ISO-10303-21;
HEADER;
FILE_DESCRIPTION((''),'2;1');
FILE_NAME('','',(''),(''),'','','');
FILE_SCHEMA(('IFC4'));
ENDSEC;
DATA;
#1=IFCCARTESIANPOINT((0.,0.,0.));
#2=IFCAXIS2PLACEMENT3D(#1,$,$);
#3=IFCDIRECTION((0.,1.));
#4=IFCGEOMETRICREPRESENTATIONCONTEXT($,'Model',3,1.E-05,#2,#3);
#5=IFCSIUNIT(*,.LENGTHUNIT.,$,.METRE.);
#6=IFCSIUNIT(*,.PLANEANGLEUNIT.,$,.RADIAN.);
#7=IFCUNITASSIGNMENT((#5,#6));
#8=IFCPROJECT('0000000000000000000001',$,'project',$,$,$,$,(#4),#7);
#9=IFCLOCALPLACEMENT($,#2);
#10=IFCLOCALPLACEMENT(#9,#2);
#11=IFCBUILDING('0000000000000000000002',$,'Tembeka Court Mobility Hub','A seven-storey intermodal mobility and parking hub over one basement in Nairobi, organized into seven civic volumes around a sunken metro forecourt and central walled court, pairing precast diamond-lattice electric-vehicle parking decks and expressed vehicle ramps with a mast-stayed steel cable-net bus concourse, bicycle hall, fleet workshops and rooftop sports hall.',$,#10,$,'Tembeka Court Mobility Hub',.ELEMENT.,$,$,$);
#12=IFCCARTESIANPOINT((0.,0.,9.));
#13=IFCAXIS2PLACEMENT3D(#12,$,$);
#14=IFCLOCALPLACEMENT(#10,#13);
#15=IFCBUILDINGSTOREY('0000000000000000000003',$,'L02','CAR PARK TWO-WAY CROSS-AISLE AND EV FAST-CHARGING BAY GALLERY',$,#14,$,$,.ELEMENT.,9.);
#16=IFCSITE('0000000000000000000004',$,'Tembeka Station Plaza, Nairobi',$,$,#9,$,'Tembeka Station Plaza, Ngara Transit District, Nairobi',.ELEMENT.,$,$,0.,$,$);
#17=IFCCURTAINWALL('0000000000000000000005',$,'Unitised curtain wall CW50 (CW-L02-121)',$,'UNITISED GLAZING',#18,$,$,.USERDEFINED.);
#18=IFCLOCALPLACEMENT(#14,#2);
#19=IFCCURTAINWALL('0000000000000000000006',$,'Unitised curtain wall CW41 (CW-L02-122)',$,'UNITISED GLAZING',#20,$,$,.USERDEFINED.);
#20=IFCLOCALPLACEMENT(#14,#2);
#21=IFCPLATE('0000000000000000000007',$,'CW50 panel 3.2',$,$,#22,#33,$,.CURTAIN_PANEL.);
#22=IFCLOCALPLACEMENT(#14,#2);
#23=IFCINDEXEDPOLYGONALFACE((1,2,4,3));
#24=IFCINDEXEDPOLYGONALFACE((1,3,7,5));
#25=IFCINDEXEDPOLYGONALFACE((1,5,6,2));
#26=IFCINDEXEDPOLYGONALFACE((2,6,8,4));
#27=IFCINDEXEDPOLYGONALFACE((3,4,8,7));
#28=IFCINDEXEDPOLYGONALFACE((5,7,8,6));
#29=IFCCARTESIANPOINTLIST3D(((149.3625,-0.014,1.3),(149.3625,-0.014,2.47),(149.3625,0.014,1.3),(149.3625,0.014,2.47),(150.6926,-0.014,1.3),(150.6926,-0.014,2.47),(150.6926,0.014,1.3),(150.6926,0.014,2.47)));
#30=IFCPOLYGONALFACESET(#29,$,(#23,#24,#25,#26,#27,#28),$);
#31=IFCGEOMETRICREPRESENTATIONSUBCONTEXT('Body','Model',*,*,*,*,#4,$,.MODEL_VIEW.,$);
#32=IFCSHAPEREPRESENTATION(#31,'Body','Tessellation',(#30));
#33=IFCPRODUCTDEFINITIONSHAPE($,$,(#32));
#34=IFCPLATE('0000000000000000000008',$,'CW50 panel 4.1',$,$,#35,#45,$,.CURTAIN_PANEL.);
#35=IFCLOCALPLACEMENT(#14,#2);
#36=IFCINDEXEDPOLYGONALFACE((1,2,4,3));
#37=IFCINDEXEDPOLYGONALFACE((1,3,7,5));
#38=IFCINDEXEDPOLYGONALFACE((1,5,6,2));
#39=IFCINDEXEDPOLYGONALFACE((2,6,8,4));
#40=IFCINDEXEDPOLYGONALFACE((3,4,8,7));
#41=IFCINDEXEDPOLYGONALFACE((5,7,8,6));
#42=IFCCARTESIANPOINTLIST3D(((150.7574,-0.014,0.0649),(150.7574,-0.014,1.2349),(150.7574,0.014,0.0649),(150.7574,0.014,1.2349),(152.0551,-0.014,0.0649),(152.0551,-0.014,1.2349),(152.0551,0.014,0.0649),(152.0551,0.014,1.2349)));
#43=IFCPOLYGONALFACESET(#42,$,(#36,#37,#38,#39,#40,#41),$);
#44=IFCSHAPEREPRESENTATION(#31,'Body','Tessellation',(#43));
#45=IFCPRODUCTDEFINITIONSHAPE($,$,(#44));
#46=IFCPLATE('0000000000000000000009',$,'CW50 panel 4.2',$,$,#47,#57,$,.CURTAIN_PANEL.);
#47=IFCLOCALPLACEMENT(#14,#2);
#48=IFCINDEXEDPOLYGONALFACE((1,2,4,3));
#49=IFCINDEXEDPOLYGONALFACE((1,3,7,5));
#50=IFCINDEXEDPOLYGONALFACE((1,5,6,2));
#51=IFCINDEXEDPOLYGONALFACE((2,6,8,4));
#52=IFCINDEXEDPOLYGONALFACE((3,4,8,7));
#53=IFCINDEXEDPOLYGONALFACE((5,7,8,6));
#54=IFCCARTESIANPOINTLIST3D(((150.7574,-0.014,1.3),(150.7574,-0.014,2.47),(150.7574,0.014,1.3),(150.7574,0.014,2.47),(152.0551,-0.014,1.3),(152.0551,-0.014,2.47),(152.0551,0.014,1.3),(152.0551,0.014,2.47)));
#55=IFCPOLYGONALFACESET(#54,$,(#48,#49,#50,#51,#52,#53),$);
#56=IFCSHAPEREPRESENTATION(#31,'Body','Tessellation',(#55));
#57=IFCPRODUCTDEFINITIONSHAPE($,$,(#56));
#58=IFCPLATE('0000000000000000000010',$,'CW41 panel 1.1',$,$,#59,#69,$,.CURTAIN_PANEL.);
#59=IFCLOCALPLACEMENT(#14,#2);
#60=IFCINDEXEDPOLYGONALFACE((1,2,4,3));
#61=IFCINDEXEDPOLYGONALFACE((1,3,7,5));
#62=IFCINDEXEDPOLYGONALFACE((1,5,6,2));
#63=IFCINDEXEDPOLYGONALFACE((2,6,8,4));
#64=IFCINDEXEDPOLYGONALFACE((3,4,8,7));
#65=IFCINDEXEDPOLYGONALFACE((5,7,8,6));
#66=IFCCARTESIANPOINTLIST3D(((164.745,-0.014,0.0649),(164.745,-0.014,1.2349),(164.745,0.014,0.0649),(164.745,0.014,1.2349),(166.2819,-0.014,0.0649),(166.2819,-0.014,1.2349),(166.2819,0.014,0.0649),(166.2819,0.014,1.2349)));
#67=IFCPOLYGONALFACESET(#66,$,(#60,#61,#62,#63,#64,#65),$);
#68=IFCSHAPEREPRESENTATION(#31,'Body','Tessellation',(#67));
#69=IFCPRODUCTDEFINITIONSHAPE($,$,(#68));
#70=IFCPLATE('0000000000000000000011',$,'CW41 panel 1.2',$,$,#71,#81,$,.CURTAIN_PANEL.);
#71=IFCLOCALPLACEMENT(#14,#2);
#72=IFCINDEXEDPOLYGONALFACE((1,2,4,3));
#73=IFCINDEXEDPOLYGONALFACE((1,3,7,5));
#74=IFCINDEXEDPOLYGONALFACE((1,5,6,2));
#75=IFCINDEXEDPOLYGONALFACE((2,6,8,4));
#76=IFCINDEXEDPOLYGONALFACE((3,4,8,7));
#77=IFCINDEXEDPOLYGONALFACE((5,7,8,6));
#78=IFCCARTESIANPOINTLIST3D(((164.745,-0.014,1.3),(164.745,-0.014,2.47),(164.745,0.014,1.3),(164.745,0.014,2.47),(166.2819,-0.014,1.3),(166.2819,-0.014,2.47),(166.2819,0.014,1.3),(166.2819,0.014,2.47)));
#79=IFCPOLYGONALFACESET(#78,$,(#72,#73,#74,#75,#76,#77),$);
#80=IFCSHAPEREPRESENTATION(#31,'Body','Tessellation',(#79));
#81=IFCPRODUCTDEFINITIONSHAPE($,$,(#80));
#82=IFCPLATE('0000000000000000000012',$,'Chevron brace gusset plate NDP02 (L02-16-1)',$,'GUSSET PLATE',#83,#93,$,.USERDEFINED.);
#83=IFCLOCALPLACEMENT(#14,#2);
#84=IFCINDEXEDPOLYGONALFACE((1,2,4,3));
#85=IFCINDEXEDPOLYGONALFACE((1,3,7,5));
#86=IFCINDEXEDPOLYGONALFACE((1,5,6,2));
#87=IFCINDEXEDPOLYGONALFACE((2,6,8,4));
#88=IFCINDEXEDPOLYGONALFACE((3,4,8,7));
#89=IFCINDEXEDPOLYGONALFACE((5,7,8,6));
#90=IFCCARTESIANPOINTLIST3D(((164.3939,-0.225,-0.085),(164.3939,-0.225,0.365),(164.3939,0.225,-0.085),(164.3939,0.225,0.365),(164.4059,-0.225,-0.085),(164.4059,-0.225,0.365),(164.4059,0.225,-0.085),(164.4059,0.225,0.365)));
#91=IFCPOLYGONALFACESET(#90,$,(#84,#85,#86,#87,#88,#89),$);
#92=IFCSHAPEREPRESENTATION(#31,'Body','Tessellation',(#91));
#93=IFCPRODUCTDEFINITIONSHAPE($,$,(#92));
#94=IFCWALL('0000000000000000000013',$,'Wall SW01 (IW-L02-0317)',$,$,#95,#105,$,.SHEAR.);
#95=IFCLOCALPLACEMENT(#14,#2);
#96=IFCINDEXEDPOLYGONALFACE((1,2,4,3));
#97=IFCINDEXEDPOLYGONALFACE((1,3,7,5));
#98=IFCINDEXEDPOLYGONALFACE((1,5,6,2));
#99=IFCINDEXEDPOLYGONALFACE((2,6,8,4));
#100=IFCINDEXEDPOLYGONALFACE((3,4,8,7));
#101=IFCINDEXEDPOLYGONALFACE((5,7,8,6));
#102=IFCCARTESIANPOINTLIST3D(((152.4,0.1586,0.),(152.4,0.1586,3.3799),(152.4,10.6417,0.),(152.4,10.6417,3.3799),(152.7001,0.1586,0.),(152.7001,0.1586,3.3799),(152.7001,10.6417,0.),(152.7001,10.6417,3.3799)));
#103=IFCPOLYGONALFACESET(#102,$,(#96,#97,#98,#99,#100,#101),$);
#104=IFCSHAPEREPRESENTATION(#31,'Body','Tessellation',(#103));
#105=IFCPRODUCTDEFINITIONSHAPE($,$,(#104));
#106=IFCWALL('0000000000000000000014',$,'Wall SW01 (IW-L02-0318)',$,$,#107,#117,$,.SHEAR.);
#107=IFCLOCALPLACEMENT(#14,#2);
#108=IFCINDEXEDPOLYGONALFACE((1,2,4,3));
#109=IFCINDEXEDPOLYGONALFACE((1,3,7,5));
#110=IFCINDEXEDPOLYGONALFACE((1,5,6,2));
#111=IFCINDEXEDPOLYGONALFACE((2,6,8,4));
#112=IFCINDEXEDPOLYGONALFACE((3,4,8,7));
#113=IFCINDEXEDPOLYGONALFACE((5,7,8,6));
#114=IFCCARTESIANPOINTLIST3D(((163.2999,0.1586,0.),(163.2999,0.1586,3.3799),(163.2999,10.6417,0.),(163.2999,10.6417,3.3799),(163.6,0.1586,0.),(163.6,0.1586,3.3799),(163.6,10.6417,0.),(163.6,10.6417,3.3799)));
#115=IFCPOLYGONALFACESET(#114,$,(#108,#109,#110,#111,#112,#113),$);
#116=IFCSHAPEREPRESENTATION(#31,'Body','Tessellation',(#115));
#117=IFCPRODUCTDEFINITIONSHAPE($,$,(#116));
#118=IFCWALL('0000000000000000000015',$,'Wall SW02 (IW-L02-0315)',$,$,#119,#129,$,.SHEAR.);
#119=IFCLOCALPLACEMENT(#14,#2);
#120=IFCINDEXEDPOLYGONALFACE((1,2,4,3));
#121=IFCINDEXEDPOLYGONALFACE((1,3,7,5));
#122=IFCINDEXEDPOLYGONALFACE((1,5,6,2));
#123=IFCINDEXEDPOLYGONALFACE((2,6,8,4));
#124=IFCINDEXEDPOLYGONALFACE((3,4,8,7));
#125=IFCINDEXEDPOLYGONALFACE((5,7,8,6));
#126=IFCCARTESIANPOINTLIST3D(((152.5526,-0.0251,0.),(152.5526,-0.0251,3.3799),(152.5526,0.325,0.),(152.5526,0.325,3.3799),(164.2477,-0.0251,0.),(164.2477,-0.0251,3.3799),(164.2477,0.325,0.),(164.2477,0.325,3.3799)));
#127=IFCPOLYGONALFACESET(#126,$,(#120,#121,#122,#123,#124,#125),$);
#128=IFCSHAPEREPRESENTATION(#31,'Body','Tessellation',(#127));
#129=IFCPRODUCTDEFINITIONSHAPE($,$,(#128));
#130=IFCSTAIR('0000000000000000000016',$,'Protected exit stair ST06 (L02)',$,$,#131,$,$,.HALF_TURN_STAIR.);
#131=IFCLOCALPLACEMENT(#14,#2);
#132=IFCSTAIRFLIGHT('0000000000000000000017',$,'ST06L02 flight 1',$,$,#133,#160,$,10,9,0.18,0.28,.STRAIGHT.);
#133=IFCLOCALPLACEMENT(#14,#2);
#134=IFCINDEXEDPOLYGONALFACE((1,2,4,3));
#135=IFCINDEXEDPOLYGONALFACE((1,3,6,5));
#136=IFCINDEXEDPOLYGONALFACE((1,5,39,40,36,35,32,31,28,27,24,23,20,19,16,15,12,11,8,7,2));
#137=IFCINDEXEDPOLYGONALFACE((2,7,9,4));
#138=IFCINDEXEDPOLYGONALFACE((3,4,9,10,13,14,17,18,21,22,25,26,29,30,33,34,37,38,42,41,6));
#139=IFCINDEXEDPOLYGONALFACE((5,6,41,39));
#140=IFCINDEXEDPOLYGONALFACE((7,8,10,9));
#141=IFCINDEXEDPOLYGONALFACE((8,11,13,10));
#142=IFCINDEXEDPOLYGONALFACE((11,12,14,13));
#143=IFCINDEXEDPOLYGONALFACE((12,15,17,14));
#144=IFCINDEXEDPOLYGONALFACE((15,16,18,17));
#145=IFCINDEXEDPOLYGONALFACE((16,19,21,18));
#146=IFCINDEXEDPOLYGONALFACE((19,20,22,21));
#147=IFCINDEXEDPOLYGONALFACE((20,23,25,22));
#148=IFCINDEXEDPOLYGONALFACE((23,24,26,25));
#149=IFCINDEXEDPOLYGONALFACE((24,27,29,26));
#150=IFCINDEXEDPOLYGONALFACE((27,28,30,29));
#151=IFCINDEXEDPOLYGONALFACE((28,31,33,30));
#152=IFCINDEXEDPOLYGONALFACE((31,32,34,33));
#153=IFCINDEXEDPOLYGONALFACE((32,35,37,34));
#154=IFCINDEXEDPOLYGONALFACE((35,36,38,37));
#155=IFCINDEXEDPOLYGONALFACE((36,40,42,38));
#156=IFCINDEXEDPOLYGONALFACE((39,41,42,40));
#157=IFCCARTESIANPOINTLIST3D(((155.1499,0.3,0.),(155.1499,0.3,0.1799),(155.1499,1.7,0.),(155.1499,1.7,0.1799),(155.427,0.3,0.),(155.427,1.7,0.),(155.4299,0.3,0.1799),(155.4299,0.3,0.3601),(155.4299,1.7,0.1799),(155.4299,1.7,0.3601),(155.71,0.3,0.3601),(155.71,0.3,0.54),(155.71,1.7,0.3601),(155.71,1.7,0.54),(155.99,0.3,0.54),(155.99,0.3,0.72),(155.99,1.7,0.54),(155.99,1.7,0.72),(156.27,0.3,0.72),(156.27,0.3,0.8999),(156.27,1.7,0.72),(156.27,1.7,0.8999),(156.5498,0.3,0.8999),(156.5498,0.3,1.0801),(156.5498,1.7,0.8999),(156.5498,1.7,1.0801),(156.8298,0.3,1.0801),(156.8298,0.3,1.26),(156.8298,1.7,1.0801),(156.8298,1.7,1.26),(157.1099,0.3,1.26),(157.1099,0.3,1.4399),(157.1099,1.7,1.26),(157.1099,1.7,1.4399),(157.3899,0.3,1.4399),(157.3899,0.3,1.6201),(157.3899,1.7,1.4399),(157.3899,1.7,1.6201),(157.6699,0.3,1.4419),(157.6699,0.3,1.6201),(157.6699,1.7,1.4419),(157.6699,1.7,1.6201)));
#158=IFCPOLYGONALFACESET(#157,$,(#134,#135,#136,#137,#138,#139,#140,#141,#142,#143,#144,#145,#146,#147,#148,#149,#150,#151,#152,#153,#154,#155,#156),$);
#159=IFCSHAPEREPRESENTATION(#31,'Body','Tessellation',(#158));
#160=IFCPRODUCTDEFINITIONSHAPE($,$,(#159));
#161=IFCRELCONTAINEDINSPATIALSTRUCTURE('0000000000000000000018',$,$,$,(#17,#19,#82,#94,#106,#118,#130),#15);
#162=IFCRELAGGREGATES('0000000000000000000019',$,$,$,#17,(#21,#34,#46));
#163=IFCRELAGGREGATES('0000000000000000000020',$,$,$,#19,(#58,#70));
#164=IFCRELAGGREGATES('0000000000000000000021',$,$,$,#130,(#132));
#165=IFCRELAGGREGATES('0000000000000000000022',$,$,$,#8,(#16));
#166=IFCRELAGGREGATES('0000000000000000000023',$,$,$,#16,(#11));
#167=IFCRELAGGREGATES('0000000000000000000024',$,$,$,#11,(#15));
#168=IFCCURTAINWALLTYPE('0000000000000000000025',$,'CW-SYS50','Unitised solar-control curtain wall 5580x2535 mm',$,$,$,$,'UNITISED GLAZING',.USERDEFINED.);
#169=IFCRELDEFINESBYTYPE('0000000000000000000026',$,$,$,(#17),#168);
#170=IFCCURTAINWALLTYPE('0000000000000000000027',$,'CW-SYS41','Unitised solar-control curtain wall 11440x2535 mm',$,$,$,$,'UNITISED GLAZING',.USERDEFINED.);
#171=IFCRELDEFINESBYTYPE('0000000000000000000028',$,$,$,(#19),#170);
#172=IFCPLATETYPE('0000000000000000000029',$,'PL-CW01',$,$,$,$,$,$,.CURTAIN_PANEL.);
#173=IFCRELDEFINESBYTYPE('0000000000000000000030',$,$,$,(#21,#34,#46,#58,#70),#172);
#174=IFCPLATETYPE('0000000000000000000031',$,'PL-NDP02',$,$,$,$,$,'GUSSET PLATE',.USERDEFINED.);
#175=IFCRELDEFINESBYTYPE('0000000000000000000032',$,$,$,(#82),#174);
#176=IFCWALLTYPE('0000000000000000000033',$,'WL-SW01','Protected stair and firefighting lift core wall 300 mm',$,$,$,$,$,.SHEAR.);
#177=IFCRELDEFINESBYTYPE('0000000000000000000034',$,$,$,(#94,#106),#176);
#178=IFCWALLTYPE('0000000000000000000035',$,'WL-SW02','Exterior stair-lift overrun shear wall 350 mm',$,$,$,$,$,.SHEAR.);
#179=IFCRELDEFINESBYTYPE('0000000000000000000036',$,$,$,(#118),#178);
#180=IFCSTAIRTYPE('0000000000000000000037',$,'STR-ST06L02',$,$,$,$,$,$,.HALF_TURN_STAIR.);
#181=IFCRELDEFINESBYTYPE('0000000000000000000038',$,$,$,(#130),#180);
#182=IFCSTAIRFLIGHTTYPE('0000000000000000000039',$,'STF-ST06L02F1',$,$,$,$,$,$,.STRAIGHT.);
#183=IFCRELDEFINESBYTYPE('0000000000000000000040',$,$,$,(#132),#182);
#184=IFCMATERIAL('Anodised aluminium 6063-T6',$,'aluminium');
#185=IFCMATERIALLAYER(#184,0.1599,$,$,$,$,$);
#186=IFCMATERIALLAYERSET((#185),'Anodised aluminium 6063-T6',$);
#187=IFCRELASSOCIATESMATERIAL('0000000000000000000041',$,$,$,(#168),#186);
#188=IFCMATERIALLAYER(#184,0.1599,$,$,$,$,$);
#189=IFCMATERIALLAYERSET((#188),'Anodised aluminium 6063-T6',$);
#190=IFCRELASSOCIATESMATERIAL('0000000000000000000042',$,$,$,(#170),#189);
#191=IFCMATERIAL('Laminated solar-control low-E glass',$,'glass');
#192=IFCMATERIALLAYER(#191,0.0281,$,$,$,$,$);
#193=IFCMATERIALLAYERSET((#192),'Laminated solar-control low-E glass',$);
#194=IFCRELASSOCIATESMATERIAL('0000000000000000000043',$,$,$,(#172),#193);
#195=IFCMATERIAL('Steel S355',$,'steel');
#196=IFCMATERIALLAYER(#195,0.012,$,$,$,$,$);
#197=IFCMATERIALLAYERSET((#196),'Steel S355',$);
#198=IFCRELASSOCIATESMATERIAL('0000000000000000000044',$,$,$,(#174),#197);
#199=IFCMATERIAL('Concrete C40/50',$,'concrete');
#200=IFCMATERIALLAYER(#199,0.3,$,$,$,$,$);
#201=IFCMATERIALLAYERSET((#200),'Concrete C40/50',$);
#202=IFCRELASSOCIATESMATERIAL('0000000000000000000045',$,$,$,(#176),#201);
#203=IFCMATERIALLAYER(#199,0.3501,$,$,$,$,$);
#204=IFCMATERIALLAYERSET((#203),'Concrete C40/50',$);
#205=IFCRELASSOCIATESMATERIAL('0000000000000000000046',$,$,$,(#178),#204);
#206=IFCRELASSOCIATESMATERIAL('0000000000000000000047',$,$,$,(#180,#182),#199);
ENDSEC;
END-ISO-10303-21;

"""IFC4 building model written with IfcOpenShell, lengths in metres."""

from ifc_helpers import new_model, si_unit, direction, frame, frame_2d, origin, origin_2d, place, context, subcontext, project, spatial, polyline, rectangle, outline, extrude, material, layer, layer_set, type_object, element, aggregate, save


model = new_model("IFC4")

# Units and contexts
model_context = context("Model", 3, precision=1e-05, world=origin(), true_north=direction((0.0, 1.0)))
body_context = subcontext(model_context, "Body", "Model", "MODEL_VIEW")
ifc_project = project(units=[si_unit("LENGTHUNIT", "METRE"), si_unit("PLANEANGLEUNIT", "RADIAN")], contexts=[model_context])

# Site, building, storey
site_placement = place(None, origin())
site = spatial("IfcSite", under=ifc_project, at=site_placement, Name="Tembeka Station Plaza, Nairobi", LongName="Tembeka Station Plaza, Ngara Transit District, Nairobi", CompositionType="ELEMENT", RefElevation=0.0)
building_placement = place(site_placement, origin())
building = spatial("IfcBuilding", under=site, at=building_placement, Name="Tembeka Court Mobility Hub", Description="A seven-storey intermodal mobility and parking hub over one basement in Nairobi, organized into seven civic volumes around a sunken metro forecourt and central walled court, pairing precast diamond-lattice electric-vehicle parking decks and expressed vehicle ramps with a mast-stayed steel cable-net bus concourse, bicycle hall, fleet workshops and rooftop sports hall.", LongName="Tembeka Court Mobility Hub", CompositionType="ELEMENT")
storey_placement = place(building_placement, frame((0.0, 0.0, 9.0)))
storey = spatial("IfcBuildingStorey", under=building, at=storey_placement, Name="L02", Description="CAR PARK TWO-WAY CROSS-AISLE AND EV FAST-CHARGING BAY GALLERY", CompositionType="ELEMENT", Elevation=9.0)

# Shared definitions
ifc_material_1 = material(Name="Steel S355", Category="steel")

# Curtain walls
ifc_material_2 = material(Name="Anodised aluminium 6063-T6", Category="aluminium")
ifc_layer_1 = layer(ifc_material_2, 0.1599)
ifc_layer_set_1 = layer_set([ifc_layer_1], Name="Anodised aluminium 6063-T6")
curtain_wall_type_1 = type_object("IfcCurtainWallType", Name="CW-SYS50", Description="Unitised solar-control curtain wall 5580x2535 mm", ElementType="UNITISED GLAZING", PredefinedType="USERDEFINED", material=ifc_layer_set_1)
curtain_wall_1_placement = place(storey_placement, origin())
curtain_wall_1 = element("IfcCurtainWall", 1, at=curtain_wall_1_placement, inside=storey, type_object=curtain_wall_type_1, Name="Unitised curtain wall CW50 (CW-L02-121)", ObjectType="UNITISED GLAZING", PredefinedType="USERDEFINED")
ifc_layer_2 = layer(ifc_material_2, 0.1599)
ifc_layer_set_2 = layer_set([ifc_layer_2], Name="Anodised aluminium 6063-T6")
curtain_wall_type_2 = type_object("IfcCurtainWallType", Name="CW-SYS41", Description="Unitised solar-control curtain wall 11440x2535 mm", ElementType="UNITISED GLAZING", PredefinedType="USERDEFINED", material=ifc_layer_set_2)
curtain_wall_2_placement = place(storey_placement, origin())
curtain_wall_2 = element("IfcCurtainWall", 2, at=curtain_wall_2_placement, inside=storey, type_object=curtain_wall_type_2, Name="Unitised curtain wall CW41 (CW-L02-122)", ObjectType="UNITISED GLAZING", PredefinedType="USERDEFINED")

# Plates
ifc_material_3 = material(Name="Laminated solar-control low-E glass", Category="glass")
ifc_layer_3 = layer(ifc_material_3, 0.0281)
ifc_layer_set_3 = layer_set([ifc_layer_3], Name="Laminated solar-control low-E glass")
plate_type_1 = type_object("IfcPlateType", Name="PL-CW01", PredefinedType="CURTAIN_PANEL", material=ifc_layer_set_3)
plate_1_placement = place(storey_placement, frame((150.0276, 0.0, 1.3), z_axis=(0.0, 0.0, 1.0), x_axis=(1.0, 0.0, 0.0)))
plate_1 = element("IfcPlate", 3, at=plate_1_placement, type_object=plate_type_1, Name="CW50 panel 3.2", PredefinedType="CURTAIN_PANEL", context=body_context, shape_type="SweptSolid", body=[
    extrude(rectangle(XDim=1.3301, YDim=0.0281, at=origin_2d()), origin(), (0.0, 0.0, 1.0), 1.1699),
])
plate_2_placement = place(storey_placement, frame((151.4062, 0.0, 0.0649), z_axis=(0.0, 0.0, 1.0), x_axis=(1.0, 0.0, 0.0)))
plate_2 = element("IfcPlate", 4, at=plate_2_placement, type_object=plate_type_1, Name="CW50 panel 4.1", PredefinedType="CURTAIN_PANEL", context=body_context, shape_type="SweptSolid", body=[
    extrude(rectangle(XDim=1.2976, YDim=0.0281, at=origin_2d()), origin(), (0.0, 0.0, 1.0), 1.1699),
])
plate_3_placement = place(storey_placement, frame((151.4062, 0.0, 1.3), z_axis=(0.0, 0.0, 1.0), x_axis=(1.0, 0.0, 0.0)))
plate_3 = element("IfcPlate", 5, at=plate_3_placement, type_object=plate_type_1, Name="CW50 panel 4.2", PredefinedType="CURTAIN_PANEL", context=body_context, shape_type="SweptSolid", body=[
    extrude(rectangle(XDim=1.2976, YDim=0.0281, at=origin_2d()), origin(), (0.0, 0.0, 1.0), 1.1699),
])
aggregate(curtain_wall_1, [plate_1, plate_2, plate_3])
plate_4_placement = place(storey_placement, frame((165.5134, 0.0, 0.0649), z_axis=(0.0, 0.0, 1.0), x_axis=(1.0, 0.0, 0.0)))
plate_4 = element("IfcPlate", 6, at=plate_4_placement, type_object=plate_type_1, Name="CW41 panel 1.1", PredefinedType="CURTAIN_PANEL", context=body_context, shape_type="SweptSolid", body=[
    extrude(rectangle(XDim=1.5369, YDim=0.0281, at=origin_2d()), origin(), (0.0, 0.0, 1.0), 1.1699),
])
plate_5_placement = place(storey_placement, frame((165.5134, 0.0, 1.3), z_axis=(0.0, 0.0, 1.0), x_axis=(1.0, 0.0, 0.0)))
plate_5 = element("IfcPlate", 7, at=plate_5_placement, type_object=plate_type_1, Name="CW41 panel 1.2", PredefinedType="CURTAIN_PANEL", context=body_context, shape_type="SweptSolid", body=[
    extrude(rectangle(XDim=1.5369, YDim=0.0281, at=origin_2d()), origin(), (0.0, 0.0, 1.0), 1.1699),
])
aggregate(curtain_wall_2, [plate_4, plate_5])
ifc_layer_4 = layer(ifc_material_1, 0.012)
ifc_layer_set_4 = layer_set([ifc_layer_4], Name="Steel S355")
plate_type_2 = type_object("IfcPlateType", Name="PL-NDP02", ElementType="GUSSET PLATE", PredefinedType="USERDEFINED", material=ifc_layer_set_4)
plate_6_placement = place(storey_placement, frame((164.3999, 0.0, -0.085), z_axis=(0.0, 0.0, 1.0), x_axis=(1.0, 0.0, 0.0)))
element("IfcPlate", 8, at=plate_6_placement, inside=storey, type_object=plate_type_2, Name="Chevron brace gusset plate NDP02 (L02-16-1)", ObjectType="GUSSET PLATE", PredefinedType="USERDEFINED", context=body_context, shape_type="SweptSolid", body=[
    extrude(rectangle(XDim=0.012, YDim=0.45, at=origin_2d()), origin(), (0.0, 0.0, 1.0), 0.45),
])

# Walls
ifc_material_4 = material(Name="Concrete C40/50", Category="concrete")
ifc_layer_5 = layer(ifc_material_4, 0.3)
ifc_layer_set_5 = layer_set([ifc_layer_5], Name="Concrete C40/50")
wall_type_1 = type_object("IfcWallType", Name="WL-SW01", Description="Protected stair and firefighting lift core wall 300 mm", PredefinedType="SHEAR", material=ifc_layer_set_5)
for number, where, z_axis, x_axis, name in (
    (9, (152.55, 0.1584, 0.0), (0.0, 0.0, 1.0), (0.0, 1.0, 0.0), "Wall SW01 (IW-L02-0317)"),
    (10, (163.45, 0.1584, 0.0), (0.0, 0.0, 1.0), (0.0, 1.0, 0.0), "Wall SW01 (IW-L02-0318)"),
):
    element("IfcWall", number, at=place(storey_placement, frame(where, z_axis=z_axis, x_axis=x_axis)), inside=storey, type_object=wall_type_1, Name=name, PredefinedType="SHEAR", context=body_context, shape_type="SweptSolid", body=[
        extrude(rectangle(XDim=10.4832, YDim=0.3, at=frame_2d((5.2417, 0.0))), origin(), (0.0, 0.0, 1.0), 3.3799),
    ])
ifc_layer_6 = layer(ifc_material_4, 0.3501)
ifc_layer_set_6 = layer_set([ifc_layer_6], Name="Concrete C40/50")
wall_type_2 = type_object("IfcWallType", Name="WL-SW02", Description="Exterior stair-lift overrun shear wall 350 mm", PredefinedType="SHEAR", material=ifc_layer_set_6)
wall_placement = place(storey_placement, frame((152.5525, 0.1499, 0.0), z_axis=(0.0, 0.0, 1.0), x_axis=(1.0, 0.0, 0.0)))
element("IfcWall", 11, at=wall_placement, inside=storey, type_object=wall_type_2, Name="Wall SW02 (IW-L02-0315)", PredefinedType="SHEAR", context=body_context, shape_type="SweptSolid", body=[
    extrude(rectangle(XDim=11.6951, YDim=0.3501, at=frame_2d((5.8477, 0.0))), origin(), (0.0, 0.0, 1.0), 3.3799),
])

# Stair, stair flight
stair_type = type_object("IfcStairType", Name="STR-ST06L02", PredefinedType="HALF_TURN_STAIR", material=ifc_material_4)
stair_placement = place(storey_placement, origin())
stair = element("IfcStair", 12, at=stair_placement, inside=storey, type_object=stair_type, Name="Protected exit stair ST06 (L02)", PredefinedType="HALF_TURN_STAIR")
stair_flight_type = type_object("IfcStairFlightType", Name="STF-ST06L02F1", PredefinedType="STRAIGHT", material=ifc_material_4)
stair_flight_placement = place(storey_placement, frame((155.1499, 1.0, 0.0), z_axis=(0.0, 0.0, 1.0), x_axis=(1.0, 0.0, 0.0)))
stair_flight = element("IfcStairFlight", 13, at=stair_flight_placement, type_object=stair_flight_type, Name="ST06L02 flight 1", NumberOfRisers=10, NumberOfTreads=9, PredefinedType="STRAIGHT", RiserHeight=0.18, TreadLength=0.28, context=body_context, shape_type="SweptSolid", body=[
    extrude(outline(polyline([(0.0, 0.0), (0.0, 0.1799), (0.28, 0.1799), (0.28, 0.3601), (0.5601, 0.3601), (0.5601, 0.54), (0.8401, 0.54), (0.8401, 0.72), (1.1201, 0.72), (1.1201, 0.8999), (1.3999, 0.8999), (1.3999, 1.0801), (1.6799, 1.0801), (1.6799, 1.26), (1.96, 1.26), (1.96, 1.4399), (2.24, 1.4399), (2.24, 1.6201), (2.52, 1.6201), (2.52, 1.8), (2.52, 1.4419), (0.2771, 0.0), (0.0, 0.0)])), frame((0.0, 0.7, 0.0), z_axis=(0.0, -1.0, 0.0), x_axis=(1.0, 0.0, 0.0)), (0.0, 0.0, 1.0), 1.3999),
])
aggregate(stair, [stair_flight])

save(model, "model.ifc")
